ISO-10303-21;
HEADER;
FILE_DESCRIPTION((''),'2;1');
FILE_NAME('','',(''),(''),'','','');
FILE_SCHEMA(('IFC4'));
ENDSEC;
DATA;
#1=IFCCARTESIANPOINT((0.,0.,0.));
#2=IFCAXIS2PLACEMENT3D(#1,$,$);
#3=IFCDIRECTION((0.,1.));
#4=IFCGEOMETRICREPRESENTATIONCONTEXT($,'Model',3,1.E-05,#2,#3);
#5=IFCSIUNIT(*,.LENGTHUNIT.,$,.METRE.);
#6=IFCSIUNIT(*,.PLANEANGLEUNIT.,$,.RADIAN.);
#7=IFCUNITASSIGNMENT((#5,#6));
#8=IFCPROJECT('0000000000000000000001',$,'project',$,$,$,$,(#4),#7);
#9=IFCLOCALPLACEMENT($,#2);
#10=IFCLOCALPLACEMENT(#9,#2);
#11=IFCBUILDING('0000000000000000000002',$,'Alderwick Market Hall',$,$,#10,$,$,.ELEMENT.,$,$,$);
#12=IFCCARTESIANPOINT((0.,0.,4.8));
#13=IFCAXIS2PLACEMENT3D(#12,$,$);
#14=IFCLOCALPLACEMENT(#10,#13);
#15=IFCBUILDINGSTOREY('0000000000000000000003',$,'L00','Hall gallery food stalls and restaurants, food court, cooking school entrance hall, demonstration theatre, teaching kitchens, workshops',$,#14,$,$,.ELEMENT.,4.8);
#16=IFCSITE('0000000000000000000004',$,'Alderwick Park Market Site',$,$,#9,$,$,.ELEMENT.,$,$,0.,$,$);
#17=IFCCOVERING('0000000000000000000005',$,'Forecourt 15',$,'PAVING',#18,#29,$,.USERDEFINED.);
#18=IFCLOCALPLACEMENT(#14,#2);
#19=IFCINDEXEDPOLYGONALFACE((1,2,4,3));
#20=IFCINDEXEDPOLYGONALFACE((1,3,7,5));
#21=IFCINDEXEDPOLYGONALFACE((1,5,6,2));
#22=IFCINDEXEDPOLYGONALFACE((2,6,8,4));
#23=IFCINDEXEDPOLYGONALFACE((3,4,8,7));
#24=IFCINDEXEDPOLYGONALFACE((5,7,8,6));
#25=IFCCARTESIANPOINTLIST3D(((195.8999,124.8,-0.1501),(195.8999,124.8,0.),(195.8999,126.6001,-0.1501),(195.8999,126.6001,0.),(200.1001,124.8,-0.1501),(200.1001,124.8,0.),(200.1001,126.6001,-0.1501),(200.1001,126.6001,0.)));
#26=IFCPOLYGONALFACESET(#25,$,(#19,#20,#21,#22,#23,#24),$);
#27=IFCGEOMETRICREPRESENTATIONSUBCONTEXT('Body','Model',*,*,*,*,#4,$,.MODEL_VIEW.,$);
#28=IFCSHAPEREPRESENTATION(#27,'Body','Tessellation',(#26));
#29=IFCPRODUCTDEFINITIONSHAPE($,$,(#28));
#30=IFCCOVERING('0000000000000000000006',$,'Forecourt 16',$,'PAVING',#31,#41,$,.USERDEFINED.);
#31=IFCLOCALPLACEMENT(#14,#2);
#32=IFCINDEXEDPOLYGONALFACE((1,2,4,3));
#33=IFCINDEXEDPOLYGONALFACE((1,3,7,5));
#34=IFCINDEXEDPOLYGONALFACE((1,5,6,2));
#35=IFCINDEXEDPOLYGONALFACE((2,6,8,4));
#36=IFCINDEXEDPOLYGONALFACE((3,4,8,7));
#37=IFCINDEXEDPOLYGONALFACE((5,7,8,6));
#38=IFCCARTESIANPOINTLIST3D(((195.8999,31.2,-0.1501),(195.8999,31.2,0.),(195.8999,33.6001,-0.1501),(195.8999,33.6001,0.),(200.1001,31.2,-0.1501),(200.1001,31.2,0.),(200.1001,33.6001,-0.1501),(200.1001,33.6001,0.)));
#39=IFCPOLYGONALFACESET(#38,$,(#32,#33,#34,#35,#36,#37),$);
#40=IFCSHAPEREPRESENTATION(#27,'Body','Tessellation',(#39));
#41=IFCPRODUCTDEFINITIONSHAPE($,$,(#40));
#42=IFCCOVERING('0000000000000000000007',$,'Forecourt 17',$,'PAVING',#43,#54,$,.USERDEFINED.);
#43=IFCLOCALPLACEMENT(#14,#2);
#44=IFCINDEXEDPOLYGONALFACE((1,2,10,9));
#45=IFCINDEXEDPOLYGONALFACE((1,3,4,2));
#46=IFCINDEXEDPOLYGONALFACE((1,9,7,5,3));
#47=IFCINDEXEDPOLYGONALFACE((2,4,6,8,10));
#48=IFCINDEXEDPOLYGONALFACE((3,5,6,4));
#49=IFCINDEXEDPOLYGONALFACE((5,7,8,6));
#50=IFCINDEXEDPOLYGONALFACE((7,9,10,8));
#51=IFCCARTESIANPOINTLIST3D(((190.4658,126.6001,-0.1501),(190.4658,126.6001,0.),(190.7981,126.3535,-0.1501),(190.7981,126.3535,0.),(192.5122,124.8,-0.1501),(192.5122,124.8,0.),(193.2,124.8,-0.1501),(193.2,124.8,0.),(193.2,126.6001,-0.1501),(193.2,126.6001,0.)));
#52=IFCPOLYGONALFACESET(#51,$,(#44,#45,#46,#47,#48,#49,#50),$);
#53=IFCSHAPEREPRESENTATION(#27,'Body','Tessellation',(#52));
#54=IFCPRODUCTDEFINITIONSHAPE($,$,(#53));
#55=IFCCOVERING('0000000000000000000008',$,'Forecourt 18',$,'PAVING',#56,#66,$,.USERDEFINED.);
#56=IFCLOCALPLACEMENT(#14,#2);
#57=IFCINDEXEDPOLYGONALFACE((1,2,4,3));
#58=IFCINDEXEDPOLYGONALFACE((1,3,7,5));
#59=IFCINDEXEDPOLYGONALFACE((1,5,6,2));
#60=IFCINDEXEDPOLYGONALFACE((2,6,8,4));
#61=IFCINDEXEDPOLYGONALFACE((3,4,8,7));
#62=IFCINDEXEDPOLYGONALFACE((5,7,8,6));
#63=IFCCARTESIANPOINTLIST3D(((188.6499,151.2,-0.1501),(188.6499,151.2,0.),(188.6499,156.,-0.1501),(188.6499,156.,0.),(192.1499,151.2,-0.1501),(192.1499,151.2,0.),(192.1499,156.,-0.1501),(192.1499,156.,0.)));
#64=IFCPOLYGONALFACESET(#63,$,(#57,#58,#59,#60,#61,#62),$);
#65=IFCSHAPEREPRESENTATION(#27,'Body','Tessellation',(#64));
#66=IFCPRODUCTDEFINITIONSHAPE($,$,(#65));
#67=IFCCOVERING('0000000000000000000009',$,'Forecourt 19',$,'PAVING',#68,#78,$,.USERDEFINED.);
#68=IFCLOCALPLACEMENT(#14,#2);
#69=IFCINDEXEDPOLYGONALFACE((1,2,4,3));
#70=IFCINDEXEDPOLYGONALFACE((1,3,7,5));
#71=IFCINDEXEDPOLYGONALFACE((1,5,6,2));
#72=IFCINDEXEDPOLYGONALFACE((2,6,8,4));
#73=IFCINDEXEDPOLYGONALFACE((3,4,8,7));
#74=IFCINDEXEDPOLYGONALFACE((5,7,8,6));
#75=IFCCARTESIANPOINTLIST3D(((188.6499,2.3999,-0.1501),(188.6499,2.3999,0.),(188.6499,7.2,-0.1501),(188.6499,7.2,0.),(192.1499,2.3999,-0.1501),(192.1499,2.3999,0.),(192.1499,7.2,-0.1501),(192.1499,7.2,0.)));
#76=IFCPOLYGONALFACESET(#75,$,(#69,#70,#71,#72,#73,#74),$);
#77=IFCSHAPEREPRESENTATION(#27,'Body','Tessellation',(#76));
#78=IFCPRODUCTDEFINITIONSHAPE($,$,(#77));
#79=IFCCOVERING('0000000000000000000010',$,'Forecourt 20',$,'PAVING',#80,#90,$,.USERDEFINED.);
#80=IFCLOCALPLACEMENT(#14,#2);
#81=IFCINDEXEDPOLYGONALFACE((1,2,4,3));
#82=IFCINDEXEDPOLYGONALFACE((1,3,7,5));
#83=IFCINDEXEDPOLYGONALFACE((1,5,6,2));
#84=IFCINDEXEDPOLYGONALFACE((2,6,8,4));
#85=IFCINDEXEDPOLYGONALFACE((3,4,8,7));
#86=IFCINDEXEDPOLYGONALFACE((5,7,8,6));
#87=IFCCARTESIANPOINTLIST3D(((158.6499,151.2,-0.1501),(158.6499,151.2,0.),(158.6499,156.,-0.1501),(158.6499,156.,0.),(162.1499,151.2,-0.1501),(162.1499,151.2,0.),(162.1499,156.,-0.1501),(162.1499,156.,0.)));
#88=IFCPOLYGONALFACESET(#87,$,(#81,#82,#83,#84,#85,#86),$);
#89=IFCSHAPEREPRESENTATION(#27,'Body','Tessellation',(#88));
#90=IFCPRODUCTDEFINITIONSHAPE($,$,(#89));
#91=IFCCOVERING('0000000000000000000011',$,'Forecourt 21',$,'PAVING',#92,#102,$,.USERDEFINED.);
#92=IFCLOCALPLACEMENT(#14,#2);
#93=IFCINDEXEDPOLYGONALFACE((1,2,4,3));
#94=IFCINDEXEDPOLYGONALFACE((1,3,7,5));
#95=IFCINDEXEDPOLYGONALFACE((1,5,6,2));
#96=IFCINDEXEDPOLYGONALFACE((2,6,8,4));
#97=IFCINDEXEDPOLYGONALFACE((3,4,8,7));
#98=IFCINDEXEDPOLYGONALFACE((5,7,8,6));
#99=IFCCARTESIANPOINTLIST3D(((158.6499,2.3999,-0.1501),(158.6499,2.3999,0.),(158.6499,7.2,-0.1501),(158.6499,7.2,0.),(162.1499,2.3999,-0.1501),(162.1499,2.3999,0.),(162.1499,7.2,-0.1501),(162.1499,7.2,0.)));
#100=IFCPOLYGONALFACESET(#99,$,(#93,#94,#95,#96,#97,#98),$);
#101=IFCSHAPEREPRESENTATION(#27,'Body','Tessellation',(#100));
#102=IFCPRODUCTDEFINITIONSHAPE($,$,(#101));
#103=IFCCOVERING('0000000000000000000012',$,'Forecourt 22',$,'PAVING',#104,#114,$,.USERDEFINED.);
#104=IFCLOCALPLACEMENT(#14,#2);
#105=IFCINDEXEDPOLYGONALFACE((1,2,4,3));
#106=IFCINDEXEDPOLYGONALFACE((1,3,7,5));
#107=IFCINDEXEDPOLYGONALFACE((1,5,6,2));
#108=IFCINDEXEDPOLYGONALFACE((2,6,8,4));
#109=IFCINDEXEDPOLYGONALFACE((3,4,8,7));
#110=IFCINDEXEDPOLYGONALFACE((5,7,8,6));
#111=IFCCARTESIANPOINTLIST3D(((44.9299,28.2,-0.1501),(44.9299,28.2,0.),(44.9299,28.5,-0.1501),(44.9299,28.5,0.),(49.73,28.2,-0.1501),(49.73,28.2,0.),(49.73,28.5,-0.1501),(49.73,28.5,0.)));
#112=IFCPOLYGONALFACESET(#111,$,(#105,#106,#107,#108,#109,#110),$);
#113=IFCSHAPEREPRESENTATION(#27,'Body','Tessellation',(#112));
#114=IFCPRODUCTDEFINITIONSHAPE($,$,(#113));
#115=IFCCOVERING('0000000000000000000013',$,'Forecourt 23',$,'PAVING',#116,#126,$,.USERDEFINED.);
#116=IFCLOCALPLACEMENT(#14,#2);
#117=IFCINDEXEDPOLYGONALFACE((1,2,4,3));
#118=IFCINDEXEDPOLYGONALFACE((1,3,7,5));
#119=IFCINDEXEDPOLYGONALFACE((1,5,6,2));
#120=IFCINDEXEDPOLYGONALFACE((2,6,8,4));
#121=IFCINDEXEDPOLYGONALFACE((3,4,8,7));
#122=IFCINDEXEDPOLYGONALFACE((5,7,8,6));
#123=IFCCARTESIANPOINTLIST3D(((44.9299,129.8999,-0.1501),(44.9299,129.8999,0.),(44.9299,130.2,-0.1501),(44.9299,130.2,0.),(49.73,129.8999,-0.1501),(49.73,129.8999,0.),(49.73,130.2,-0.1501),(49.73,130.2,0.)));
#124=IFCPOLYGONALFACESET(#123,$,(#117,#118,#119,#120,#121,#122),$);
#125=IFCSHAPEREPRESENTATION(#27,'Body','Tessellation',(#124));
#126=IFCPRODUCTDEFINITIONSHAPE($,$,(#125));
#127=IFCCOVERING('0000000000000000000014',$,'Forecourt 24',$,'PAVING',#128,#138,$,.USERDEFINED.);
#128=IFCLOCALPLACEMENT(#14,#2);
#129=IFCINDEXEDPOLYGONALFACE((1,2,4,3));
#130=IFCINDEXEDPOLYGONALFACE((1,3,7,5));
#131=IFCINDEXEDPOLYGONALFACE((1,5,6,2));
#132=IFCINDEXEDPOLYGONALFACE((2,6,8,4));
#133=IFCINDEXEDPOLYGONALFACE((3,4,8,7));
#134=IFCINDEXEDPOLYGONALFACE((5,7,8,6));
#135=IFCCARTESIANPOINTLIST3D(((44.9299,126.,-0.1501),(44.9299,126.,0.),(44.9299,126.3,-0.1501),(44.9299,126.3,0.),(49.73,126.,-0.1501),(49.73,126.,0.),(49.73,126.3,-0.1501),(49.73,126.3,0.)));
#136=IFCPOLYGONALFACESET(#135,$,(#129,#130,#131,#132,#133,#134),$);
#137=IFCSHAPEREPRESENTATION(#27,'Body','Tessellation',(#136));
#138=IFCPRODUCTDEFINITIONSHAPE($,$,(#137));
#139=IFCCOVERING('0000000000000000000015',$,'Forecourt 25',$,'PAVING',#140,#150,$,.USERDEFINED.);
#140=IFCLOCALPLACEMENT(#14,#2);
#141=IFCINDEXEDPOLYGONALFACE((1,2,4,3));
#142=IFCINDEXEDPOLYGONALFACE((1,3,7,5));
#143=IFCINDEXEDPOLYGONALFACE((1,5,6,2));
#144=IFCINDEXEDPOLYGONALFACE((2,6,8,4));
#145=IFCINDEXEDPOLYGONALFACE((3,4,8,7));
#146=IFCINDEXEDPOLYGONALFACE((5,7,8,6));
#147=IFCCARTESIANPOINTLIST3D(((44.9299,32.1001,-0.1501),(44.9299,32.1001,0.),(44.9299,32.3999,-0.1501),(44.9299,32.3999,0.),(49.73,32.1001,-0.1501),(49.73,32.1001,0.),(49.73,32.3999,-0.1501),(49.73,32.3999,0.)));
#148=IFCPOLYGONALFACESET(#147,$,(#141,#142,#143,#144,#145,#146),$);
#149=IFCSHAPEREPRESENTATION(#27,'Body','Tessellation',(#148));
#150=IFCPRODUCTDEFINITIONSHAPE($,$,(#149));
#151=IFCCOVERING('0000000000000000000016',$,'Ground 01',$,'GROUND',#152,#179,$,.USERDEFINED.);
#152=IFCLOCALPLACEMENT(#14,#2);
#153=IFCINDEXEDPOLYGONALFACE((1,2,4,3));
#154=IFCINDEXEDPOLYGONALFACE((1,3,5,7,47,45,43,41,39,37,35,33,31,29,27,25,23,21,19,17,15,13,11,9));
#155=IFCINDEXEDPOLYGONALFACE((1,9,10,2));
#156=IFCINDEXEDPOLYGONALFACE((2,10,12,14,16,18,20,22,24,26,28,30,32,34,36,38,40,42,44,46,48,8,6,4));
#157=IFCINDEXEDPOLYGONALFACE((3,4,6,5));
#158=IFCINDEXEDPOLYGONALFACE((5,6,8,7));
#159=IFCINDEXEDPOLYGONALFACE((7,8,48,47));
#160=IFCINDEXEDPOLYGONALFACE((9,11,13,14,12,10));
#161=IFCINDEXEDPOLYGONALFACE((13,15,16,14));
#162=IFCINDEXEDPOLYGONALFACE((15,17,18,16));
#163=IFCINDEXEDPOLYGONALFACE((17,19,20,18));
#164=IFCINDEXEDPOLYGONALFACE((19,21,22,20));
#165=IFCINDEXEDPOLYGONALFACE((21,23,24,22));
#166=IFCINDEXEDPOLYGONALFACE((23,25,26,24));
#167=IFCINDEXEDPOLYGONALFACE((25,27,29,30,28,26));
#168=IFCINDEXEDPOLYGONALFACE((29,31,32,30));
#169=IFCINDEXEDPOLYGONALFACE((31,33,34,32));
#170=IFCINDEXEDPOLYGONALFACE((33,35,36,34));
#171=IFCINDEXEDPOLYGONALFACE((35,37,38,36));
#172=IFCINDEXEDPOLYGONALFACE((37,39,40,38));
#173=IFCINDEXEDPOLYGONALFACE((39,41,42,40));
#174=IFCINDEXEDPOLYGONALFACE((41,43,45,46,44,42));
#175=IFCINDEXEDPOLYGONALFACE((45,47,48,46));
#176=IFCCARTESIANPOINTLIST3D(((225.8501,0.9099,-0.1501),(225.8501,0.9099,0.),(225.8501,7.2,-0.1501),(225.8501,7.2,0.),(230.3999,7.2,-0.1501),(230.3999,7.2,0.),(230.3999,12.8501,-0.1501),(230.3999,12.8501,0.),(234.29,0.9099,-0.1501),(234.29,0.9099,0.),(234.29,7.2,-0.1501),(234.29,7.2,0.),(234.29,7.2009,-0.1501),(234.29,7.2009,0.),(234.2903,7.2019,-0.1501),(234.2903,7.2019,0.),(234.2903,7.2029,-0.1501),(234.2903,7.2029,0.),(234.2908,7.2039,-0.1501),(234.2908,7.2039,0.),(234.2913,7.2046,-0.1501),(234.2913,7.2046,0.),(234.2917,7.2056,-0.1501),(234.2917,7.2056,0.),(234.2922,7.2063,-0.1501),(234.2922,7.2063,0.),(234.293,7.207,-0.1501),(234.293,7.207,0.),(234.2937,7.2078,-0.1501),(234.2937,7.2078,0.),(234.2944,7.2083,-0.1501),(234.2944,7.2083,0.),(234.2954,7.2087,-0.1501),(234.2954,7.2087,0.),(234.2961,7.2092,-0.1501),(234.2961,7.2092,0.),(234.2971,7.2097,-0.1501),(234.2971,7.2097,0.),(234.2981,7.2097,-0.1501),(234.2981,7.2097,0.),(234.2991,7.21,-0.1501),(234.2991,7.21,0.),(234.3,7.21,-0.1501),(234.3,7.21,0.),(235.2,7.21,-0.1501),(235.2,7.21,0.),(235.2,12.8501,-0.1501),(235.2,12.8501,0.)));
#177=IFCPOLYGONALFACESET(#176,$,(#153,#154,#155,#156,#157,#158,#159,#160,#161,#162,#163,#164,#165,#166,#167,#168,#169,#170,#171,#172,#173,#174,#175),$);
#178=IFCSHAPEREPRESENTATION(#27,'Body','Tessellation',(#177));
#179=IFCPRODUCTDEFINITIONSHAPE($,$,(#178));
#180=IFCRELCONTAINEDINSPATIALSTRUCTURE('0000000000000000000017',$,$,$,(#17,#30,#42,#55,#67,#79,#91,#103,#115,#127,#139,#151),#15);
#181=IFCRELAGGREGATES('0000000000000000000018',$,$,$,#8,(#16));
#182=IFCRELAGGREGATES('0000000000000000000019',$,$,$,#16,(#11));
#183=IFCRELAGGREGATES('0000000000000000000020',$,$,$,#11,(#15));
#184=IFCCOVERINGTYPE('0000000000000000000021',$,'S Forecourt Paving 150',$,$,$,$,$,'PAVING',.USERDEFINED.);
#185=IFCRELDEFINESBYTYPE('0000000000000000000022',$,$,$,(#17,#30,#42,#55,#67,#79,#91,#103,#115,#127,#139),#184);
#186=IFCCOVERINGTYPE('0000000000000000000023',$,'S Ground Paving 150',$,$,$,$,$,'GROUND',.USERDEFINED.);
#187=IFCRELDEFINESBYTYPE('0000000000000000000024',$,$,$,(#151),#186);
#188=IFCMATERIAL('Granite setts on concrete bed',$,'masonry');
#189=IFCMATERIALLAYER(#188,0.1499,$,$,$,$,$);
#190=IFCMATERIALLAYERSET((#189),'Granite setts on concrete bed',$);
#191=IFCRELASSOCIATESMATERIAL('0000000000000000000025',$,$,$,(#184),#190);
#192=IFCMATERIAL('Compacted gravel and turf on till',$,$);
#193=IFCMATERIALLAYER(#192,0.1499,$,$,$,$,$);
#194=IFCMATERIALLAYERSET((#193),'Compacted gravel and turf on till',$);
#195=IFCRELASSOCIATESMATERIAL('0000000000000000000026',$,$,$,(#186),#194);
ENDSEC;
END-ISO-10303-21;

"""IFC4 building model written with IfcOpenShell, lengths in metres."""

from ifc_helpers import new_model, si_unit, direction, frame, origin, place, context, subcontext, project, spatial, polyline, outline, extrude, material, layer, layer_set, type_object, element, save


model = new_model("IFC4")

# Units and contexts
model_context = context("Model", 3, precision=1e-05, world=origin(), true_north=direction((0.0, 1.0)))
body_context = subcontext(model_context, "Body", "Model", "MODEL_VIEW")
ifc_project = project(units=[si_unit("LENGTHUNIT", "METRE"), si_unit("PLANEANGLEUNIT", "RADIAN")], contexts=[model_context])

# Site, building, storey
site_placement = place(None, origin())
site = spatial("IfcSite", under=ifc_project, at=site_placement, Name="Alderwick Park Market Site", CompositionType="ELEMENT", RefElevation=0.0)
building_placement = place(site_placement, origin())
building = spatial("IfcBuilding", under=site, at=building_placement, Name="Alderwick Market Hall", CompositionType="ELEMENT")
storey_placement = place(building_placement, frame((0.0, 0.0, 4.8)))
storey = spatial("IfcBuildingStorey", under=building, at=storey_placement, Name="L00", Description="Hall gallery food stalls and restaurants, food court, cooking school entrance hall, demonstration theatre, teaching kitchens, workshops", CompositionType="ELEMENT", Elevation=4.8)

# Coverings
ifc_material_1 = material(Name="Granite setts on concrete bed", Category="masonry")
ifc_layer_1 = layer(ifc_material_1, 0.1499)
ifc_layer_set_1 = layer_set([ifc_layer_1], Name="Granite setts on concrete bed")
covering_type_1 = type_object("IfcCoveringType", Name="S Forecourt Paving 150", ElementType="PAVING", PredefinedType="USERDEFINED", material=ifc_layer_set_1)
covering_1_placement = place(storey_placement, frame((0.0, 0.0, -0.1501)))
element("IfcCovering", 1, at=covering_1_placement, inside=storey, type_object=covering_type_1, Name="Forecourt 15", ObjectType="PAVING", PredefinedType="USERDEFINED", context=body_context, shape_type="SweptSolid", body=[
    extrude(outline(polyline([(195.8999, 126.6001), (195.8999, 124.8), (200.1001, 124.8), (200.1001, 126.6001), (195.8999, 126.6001)])), origin(), (0.0, 0.0, 1.0), 0.1501),
])
covering_2_placement = place(storey_placement, frame((0.0, 0.0, -0.1501)))
element("IfcCovering", 2, at=covering_2_placement, inside=storey, type_object=covering_type_1, Name="Forecourt 16", ObjectType="PAVING", PredefinedType="USERDEFINED", context=body_context, shape_type="SweptSolid", body=[
    extrude(outline(polyline([(200.1001, 31.2), (200.1001, 33.6001), (195.8999, 33.6001), (195.8999, 31.2), (200.1001, 31.2)])), origin(), (0.0, 0.0, 1.0), 0.1501),
])
covering_3_placement = place(storey_placement, frame((0.0, 0.0, -0.1501)))
element("IfcCovering", 3, at=covering_3_placement, inside=storey, type_object=covering_type_1, Name="Forecourt 17", ObjectType="PAVING", PredefinedType="USERDEFINED", context=body_context, shape_type="SweptSolid", body=[
    extrude(outline(polyline([(193.2, 124.8), (193.2, 126.6001), (190.4658, 126.6001), (190.7981, 126.3535), (192.5122, 124.8), (193.2, 124.8)])), origin(), (0.0, 0.0, 1.0), 0.1501),
])
covering_4_placement = place(storey_placement, frame((0.0, 0.0, -0.1501)))
element("IfcCovering", 4, at=covering_4_placement, inside=storey, type_object=covering_type_1, Name="Forecourt 18", ObjectType="PAVING", PredefinedType="USERDEFINED", context=body_context, shape_type="SweptSolid", body=[
    extrude(outline(polyline([(192.1499, 156.0), (188.6499, 156.0), (188.6499, 151.2), (192.1499, 151.2), (192.1499, 156.0)])), origin(), (0.0, 0.0, 1.0), 0.1501),
])
covering_5_placement = place(storey_placement, frame((0.0, 0.0, -0.1501)))
element("IfcCovering", 5, at=covering_5_placement, inside=storey, type_object=covering_type_1, Name="Forecourt 19", ObjectType="PAVING", PredefinedType="USERDEFINED", context=body_context, shape_type="SweptSolid", body=[
    extrude(outline(polyline([(188.6499, 7.2), (188.6499, 2.3999), (192.1499, 2.3999), (192.1499, 7.2), (188.6499, 7.2)])), origin(), (0.0, 0.0, 1.0), 0.1501),
])
covering_6_placement = place(storey_placement, frame((0.0, 0.0, -0.1501)))
element("IfcCovering", 6, at=covering_6_placement, inside=storey, type_object=covering_type_1, Name="Forecourt 20", ObjectType="PAVING", PredefinedType="USERDEFINED", context=body_context, shape_type="SweptSolid", body=[
    extrude(outline(polyline([(162.1499, 151.2), (162.1499, 156.0), (158.6499, 156.0), (158.6499, 151.2), (162.1499, 151.2)])), origin(), (0.0, 0.0, 1.0), 0.1501),
])
covering_7_placement = place(storey_placement, frame((0.0, 0.0, -0.1501)))
element("IfcCovering", 7, at=covering_7_placement, inside=storey, type_object=covering_type_1, Name="Forecourt 21", ObjectType="PAVING", PredefinedType="USERDEFINED", context=body_context, shape_type="SweptSolid", body=[
    extrude(outline(polyline([(158.6499, 2.3999), (162.1499, 2.3999), (162.1499, 7.2), (158.6499, 7.2), (158.6499, 2.3999)])), origin(), (0.0, 0.0, 1.0), 0.1501),
])
covering_8_placement = place(storey_placement, frame((0.0, 0.0, -0.1501)))
element("IfcCovering", 8, at=covering_8_placement, inside=storey, type_object=covering_type_1, Name="Forecourt 22", ObjectType="PAVING", PredefinedType="USERDEFINED", context=body_context, shape_type="SweptSolid", body=[
    extrude(outline(polyline([(49.73, 28.2), (49.73, 28.5), (44.9299, 28.5), (44.9299, 28.2), (49.73, 28.2)])), origin(), (0.0, 0.0, 1.0), 0.1501),
])
covering_9_placement = place(storey_placement, frame((0.0, 0.0, -0.1501)))
element("IfcCovering", 9, at=covering_9_placement, inside=storey, type_object=covering_type_1, Name="Forecourt 23", ObjectType="PAVING", PredefinedType="USERDEFINED", context=body_context, shape_type="SweptSolid", body=[
    extrude(outline(polyline([(44.9299, 130.2), (44.9299, 129.8999), (49.73, 129.8999), (49.73, 130.2), (44.9299, 130.2)])), origin(), (0.0, 0.0, 1.0), 0.1501),
])
covering_10_placement = place(storey_placement, frame((0.0, 0.0, -0.1501)))
element("IfcCovering", 10, at=covering_10_placement, inside=storey, type_object=covering_type_1, Name="Forecourt 24", ObjectType="PAVING", PredefinedType="USERDEFINED", context=body_context, shape_type="SweptSolid", body=[
    extrude(outline(polyline([(44.9299, 126.3), (44.9299, 126.0), (49.73, 126.0), (49.73, 126.3), (44.9299, 126.3)])), origin(), (0.0, 0.0, 1.0), 0.1501),
])
covering_11_placement = place(storey_placement, frame((0.0, 0.0, -0.1501)))
element("IfcCovering", 11, at=covering_11_placement, inside=storey, type_object=covering_type_1, Name="Forecourt 25", ObjectType="PAVING", PredefinedType="USERDEFINED", context=body_context, shape_type="SweptSolid", body=[
    extrude(outline(polyline([(44.9299, 32.3999), (44.9299, 32.1001), (49.73, 32.1001), (49.73, 32.3999), (44.9299, 32.3999)])), origin(), (0.0, 0.0, 1.0), 0.1501),
])
ifc_material_2 = material(Name="Compacted gravel and turf on till")
ifc_layer_2 = layer(ifc_material_2, 0.1499)
ifc_layer_set_2 = layer_set([ifc_layer_2], Name="Compacted gravel and turf on till")
covering_type_2 = type_object("IfcCoveringType", Name="S Ground Paving 150", ElementType="GROUND", PredefinedType="USERDEFINED", material=ifc_layer_set_2)
covering_12_placement = place(storey_placement, frame((0.0, 0.0, -0.1501)))
element("IfcCovering", 12, at=covering_12_placement, inside=storey, type_object=covering_type_2, Name="Ground 01", ObjectType="GROUND", PredefinedType="USERDEFINED", context=body_context, shape_type="SweptSolid", body=[
    extrude(outline(polyline([(235.2, 12.8501), (230.3999, 12.8501), (230.3999, 7.2), (225.8501, 7.2), (225.8501, 0.9099), (234.29, 0.9099), (234.29, 7.2), (234.29, 7.2009), (234.2903, 7.2019), (234.2903, 7.2029), (234.2908, 7.2039), (234.2913, 7.2046), (234.2917, 7.2056), (234.2922, 7.2063), (234.293, 7.207), (234.2937, 7.2078), (234.2944, 7.2083), (234.2954, 7.2087), (234.2961, 7.2092), (234.2971, 7.2097), (234.2981, 7.2097), (234.2991, 7.21), (234.3, 7.21), (235.2, 7.21), (235.2, 12.8501)])), origin(), (0.0, 0.0, 1.0), 0.1501),
])

save(model, "model.ifc")
